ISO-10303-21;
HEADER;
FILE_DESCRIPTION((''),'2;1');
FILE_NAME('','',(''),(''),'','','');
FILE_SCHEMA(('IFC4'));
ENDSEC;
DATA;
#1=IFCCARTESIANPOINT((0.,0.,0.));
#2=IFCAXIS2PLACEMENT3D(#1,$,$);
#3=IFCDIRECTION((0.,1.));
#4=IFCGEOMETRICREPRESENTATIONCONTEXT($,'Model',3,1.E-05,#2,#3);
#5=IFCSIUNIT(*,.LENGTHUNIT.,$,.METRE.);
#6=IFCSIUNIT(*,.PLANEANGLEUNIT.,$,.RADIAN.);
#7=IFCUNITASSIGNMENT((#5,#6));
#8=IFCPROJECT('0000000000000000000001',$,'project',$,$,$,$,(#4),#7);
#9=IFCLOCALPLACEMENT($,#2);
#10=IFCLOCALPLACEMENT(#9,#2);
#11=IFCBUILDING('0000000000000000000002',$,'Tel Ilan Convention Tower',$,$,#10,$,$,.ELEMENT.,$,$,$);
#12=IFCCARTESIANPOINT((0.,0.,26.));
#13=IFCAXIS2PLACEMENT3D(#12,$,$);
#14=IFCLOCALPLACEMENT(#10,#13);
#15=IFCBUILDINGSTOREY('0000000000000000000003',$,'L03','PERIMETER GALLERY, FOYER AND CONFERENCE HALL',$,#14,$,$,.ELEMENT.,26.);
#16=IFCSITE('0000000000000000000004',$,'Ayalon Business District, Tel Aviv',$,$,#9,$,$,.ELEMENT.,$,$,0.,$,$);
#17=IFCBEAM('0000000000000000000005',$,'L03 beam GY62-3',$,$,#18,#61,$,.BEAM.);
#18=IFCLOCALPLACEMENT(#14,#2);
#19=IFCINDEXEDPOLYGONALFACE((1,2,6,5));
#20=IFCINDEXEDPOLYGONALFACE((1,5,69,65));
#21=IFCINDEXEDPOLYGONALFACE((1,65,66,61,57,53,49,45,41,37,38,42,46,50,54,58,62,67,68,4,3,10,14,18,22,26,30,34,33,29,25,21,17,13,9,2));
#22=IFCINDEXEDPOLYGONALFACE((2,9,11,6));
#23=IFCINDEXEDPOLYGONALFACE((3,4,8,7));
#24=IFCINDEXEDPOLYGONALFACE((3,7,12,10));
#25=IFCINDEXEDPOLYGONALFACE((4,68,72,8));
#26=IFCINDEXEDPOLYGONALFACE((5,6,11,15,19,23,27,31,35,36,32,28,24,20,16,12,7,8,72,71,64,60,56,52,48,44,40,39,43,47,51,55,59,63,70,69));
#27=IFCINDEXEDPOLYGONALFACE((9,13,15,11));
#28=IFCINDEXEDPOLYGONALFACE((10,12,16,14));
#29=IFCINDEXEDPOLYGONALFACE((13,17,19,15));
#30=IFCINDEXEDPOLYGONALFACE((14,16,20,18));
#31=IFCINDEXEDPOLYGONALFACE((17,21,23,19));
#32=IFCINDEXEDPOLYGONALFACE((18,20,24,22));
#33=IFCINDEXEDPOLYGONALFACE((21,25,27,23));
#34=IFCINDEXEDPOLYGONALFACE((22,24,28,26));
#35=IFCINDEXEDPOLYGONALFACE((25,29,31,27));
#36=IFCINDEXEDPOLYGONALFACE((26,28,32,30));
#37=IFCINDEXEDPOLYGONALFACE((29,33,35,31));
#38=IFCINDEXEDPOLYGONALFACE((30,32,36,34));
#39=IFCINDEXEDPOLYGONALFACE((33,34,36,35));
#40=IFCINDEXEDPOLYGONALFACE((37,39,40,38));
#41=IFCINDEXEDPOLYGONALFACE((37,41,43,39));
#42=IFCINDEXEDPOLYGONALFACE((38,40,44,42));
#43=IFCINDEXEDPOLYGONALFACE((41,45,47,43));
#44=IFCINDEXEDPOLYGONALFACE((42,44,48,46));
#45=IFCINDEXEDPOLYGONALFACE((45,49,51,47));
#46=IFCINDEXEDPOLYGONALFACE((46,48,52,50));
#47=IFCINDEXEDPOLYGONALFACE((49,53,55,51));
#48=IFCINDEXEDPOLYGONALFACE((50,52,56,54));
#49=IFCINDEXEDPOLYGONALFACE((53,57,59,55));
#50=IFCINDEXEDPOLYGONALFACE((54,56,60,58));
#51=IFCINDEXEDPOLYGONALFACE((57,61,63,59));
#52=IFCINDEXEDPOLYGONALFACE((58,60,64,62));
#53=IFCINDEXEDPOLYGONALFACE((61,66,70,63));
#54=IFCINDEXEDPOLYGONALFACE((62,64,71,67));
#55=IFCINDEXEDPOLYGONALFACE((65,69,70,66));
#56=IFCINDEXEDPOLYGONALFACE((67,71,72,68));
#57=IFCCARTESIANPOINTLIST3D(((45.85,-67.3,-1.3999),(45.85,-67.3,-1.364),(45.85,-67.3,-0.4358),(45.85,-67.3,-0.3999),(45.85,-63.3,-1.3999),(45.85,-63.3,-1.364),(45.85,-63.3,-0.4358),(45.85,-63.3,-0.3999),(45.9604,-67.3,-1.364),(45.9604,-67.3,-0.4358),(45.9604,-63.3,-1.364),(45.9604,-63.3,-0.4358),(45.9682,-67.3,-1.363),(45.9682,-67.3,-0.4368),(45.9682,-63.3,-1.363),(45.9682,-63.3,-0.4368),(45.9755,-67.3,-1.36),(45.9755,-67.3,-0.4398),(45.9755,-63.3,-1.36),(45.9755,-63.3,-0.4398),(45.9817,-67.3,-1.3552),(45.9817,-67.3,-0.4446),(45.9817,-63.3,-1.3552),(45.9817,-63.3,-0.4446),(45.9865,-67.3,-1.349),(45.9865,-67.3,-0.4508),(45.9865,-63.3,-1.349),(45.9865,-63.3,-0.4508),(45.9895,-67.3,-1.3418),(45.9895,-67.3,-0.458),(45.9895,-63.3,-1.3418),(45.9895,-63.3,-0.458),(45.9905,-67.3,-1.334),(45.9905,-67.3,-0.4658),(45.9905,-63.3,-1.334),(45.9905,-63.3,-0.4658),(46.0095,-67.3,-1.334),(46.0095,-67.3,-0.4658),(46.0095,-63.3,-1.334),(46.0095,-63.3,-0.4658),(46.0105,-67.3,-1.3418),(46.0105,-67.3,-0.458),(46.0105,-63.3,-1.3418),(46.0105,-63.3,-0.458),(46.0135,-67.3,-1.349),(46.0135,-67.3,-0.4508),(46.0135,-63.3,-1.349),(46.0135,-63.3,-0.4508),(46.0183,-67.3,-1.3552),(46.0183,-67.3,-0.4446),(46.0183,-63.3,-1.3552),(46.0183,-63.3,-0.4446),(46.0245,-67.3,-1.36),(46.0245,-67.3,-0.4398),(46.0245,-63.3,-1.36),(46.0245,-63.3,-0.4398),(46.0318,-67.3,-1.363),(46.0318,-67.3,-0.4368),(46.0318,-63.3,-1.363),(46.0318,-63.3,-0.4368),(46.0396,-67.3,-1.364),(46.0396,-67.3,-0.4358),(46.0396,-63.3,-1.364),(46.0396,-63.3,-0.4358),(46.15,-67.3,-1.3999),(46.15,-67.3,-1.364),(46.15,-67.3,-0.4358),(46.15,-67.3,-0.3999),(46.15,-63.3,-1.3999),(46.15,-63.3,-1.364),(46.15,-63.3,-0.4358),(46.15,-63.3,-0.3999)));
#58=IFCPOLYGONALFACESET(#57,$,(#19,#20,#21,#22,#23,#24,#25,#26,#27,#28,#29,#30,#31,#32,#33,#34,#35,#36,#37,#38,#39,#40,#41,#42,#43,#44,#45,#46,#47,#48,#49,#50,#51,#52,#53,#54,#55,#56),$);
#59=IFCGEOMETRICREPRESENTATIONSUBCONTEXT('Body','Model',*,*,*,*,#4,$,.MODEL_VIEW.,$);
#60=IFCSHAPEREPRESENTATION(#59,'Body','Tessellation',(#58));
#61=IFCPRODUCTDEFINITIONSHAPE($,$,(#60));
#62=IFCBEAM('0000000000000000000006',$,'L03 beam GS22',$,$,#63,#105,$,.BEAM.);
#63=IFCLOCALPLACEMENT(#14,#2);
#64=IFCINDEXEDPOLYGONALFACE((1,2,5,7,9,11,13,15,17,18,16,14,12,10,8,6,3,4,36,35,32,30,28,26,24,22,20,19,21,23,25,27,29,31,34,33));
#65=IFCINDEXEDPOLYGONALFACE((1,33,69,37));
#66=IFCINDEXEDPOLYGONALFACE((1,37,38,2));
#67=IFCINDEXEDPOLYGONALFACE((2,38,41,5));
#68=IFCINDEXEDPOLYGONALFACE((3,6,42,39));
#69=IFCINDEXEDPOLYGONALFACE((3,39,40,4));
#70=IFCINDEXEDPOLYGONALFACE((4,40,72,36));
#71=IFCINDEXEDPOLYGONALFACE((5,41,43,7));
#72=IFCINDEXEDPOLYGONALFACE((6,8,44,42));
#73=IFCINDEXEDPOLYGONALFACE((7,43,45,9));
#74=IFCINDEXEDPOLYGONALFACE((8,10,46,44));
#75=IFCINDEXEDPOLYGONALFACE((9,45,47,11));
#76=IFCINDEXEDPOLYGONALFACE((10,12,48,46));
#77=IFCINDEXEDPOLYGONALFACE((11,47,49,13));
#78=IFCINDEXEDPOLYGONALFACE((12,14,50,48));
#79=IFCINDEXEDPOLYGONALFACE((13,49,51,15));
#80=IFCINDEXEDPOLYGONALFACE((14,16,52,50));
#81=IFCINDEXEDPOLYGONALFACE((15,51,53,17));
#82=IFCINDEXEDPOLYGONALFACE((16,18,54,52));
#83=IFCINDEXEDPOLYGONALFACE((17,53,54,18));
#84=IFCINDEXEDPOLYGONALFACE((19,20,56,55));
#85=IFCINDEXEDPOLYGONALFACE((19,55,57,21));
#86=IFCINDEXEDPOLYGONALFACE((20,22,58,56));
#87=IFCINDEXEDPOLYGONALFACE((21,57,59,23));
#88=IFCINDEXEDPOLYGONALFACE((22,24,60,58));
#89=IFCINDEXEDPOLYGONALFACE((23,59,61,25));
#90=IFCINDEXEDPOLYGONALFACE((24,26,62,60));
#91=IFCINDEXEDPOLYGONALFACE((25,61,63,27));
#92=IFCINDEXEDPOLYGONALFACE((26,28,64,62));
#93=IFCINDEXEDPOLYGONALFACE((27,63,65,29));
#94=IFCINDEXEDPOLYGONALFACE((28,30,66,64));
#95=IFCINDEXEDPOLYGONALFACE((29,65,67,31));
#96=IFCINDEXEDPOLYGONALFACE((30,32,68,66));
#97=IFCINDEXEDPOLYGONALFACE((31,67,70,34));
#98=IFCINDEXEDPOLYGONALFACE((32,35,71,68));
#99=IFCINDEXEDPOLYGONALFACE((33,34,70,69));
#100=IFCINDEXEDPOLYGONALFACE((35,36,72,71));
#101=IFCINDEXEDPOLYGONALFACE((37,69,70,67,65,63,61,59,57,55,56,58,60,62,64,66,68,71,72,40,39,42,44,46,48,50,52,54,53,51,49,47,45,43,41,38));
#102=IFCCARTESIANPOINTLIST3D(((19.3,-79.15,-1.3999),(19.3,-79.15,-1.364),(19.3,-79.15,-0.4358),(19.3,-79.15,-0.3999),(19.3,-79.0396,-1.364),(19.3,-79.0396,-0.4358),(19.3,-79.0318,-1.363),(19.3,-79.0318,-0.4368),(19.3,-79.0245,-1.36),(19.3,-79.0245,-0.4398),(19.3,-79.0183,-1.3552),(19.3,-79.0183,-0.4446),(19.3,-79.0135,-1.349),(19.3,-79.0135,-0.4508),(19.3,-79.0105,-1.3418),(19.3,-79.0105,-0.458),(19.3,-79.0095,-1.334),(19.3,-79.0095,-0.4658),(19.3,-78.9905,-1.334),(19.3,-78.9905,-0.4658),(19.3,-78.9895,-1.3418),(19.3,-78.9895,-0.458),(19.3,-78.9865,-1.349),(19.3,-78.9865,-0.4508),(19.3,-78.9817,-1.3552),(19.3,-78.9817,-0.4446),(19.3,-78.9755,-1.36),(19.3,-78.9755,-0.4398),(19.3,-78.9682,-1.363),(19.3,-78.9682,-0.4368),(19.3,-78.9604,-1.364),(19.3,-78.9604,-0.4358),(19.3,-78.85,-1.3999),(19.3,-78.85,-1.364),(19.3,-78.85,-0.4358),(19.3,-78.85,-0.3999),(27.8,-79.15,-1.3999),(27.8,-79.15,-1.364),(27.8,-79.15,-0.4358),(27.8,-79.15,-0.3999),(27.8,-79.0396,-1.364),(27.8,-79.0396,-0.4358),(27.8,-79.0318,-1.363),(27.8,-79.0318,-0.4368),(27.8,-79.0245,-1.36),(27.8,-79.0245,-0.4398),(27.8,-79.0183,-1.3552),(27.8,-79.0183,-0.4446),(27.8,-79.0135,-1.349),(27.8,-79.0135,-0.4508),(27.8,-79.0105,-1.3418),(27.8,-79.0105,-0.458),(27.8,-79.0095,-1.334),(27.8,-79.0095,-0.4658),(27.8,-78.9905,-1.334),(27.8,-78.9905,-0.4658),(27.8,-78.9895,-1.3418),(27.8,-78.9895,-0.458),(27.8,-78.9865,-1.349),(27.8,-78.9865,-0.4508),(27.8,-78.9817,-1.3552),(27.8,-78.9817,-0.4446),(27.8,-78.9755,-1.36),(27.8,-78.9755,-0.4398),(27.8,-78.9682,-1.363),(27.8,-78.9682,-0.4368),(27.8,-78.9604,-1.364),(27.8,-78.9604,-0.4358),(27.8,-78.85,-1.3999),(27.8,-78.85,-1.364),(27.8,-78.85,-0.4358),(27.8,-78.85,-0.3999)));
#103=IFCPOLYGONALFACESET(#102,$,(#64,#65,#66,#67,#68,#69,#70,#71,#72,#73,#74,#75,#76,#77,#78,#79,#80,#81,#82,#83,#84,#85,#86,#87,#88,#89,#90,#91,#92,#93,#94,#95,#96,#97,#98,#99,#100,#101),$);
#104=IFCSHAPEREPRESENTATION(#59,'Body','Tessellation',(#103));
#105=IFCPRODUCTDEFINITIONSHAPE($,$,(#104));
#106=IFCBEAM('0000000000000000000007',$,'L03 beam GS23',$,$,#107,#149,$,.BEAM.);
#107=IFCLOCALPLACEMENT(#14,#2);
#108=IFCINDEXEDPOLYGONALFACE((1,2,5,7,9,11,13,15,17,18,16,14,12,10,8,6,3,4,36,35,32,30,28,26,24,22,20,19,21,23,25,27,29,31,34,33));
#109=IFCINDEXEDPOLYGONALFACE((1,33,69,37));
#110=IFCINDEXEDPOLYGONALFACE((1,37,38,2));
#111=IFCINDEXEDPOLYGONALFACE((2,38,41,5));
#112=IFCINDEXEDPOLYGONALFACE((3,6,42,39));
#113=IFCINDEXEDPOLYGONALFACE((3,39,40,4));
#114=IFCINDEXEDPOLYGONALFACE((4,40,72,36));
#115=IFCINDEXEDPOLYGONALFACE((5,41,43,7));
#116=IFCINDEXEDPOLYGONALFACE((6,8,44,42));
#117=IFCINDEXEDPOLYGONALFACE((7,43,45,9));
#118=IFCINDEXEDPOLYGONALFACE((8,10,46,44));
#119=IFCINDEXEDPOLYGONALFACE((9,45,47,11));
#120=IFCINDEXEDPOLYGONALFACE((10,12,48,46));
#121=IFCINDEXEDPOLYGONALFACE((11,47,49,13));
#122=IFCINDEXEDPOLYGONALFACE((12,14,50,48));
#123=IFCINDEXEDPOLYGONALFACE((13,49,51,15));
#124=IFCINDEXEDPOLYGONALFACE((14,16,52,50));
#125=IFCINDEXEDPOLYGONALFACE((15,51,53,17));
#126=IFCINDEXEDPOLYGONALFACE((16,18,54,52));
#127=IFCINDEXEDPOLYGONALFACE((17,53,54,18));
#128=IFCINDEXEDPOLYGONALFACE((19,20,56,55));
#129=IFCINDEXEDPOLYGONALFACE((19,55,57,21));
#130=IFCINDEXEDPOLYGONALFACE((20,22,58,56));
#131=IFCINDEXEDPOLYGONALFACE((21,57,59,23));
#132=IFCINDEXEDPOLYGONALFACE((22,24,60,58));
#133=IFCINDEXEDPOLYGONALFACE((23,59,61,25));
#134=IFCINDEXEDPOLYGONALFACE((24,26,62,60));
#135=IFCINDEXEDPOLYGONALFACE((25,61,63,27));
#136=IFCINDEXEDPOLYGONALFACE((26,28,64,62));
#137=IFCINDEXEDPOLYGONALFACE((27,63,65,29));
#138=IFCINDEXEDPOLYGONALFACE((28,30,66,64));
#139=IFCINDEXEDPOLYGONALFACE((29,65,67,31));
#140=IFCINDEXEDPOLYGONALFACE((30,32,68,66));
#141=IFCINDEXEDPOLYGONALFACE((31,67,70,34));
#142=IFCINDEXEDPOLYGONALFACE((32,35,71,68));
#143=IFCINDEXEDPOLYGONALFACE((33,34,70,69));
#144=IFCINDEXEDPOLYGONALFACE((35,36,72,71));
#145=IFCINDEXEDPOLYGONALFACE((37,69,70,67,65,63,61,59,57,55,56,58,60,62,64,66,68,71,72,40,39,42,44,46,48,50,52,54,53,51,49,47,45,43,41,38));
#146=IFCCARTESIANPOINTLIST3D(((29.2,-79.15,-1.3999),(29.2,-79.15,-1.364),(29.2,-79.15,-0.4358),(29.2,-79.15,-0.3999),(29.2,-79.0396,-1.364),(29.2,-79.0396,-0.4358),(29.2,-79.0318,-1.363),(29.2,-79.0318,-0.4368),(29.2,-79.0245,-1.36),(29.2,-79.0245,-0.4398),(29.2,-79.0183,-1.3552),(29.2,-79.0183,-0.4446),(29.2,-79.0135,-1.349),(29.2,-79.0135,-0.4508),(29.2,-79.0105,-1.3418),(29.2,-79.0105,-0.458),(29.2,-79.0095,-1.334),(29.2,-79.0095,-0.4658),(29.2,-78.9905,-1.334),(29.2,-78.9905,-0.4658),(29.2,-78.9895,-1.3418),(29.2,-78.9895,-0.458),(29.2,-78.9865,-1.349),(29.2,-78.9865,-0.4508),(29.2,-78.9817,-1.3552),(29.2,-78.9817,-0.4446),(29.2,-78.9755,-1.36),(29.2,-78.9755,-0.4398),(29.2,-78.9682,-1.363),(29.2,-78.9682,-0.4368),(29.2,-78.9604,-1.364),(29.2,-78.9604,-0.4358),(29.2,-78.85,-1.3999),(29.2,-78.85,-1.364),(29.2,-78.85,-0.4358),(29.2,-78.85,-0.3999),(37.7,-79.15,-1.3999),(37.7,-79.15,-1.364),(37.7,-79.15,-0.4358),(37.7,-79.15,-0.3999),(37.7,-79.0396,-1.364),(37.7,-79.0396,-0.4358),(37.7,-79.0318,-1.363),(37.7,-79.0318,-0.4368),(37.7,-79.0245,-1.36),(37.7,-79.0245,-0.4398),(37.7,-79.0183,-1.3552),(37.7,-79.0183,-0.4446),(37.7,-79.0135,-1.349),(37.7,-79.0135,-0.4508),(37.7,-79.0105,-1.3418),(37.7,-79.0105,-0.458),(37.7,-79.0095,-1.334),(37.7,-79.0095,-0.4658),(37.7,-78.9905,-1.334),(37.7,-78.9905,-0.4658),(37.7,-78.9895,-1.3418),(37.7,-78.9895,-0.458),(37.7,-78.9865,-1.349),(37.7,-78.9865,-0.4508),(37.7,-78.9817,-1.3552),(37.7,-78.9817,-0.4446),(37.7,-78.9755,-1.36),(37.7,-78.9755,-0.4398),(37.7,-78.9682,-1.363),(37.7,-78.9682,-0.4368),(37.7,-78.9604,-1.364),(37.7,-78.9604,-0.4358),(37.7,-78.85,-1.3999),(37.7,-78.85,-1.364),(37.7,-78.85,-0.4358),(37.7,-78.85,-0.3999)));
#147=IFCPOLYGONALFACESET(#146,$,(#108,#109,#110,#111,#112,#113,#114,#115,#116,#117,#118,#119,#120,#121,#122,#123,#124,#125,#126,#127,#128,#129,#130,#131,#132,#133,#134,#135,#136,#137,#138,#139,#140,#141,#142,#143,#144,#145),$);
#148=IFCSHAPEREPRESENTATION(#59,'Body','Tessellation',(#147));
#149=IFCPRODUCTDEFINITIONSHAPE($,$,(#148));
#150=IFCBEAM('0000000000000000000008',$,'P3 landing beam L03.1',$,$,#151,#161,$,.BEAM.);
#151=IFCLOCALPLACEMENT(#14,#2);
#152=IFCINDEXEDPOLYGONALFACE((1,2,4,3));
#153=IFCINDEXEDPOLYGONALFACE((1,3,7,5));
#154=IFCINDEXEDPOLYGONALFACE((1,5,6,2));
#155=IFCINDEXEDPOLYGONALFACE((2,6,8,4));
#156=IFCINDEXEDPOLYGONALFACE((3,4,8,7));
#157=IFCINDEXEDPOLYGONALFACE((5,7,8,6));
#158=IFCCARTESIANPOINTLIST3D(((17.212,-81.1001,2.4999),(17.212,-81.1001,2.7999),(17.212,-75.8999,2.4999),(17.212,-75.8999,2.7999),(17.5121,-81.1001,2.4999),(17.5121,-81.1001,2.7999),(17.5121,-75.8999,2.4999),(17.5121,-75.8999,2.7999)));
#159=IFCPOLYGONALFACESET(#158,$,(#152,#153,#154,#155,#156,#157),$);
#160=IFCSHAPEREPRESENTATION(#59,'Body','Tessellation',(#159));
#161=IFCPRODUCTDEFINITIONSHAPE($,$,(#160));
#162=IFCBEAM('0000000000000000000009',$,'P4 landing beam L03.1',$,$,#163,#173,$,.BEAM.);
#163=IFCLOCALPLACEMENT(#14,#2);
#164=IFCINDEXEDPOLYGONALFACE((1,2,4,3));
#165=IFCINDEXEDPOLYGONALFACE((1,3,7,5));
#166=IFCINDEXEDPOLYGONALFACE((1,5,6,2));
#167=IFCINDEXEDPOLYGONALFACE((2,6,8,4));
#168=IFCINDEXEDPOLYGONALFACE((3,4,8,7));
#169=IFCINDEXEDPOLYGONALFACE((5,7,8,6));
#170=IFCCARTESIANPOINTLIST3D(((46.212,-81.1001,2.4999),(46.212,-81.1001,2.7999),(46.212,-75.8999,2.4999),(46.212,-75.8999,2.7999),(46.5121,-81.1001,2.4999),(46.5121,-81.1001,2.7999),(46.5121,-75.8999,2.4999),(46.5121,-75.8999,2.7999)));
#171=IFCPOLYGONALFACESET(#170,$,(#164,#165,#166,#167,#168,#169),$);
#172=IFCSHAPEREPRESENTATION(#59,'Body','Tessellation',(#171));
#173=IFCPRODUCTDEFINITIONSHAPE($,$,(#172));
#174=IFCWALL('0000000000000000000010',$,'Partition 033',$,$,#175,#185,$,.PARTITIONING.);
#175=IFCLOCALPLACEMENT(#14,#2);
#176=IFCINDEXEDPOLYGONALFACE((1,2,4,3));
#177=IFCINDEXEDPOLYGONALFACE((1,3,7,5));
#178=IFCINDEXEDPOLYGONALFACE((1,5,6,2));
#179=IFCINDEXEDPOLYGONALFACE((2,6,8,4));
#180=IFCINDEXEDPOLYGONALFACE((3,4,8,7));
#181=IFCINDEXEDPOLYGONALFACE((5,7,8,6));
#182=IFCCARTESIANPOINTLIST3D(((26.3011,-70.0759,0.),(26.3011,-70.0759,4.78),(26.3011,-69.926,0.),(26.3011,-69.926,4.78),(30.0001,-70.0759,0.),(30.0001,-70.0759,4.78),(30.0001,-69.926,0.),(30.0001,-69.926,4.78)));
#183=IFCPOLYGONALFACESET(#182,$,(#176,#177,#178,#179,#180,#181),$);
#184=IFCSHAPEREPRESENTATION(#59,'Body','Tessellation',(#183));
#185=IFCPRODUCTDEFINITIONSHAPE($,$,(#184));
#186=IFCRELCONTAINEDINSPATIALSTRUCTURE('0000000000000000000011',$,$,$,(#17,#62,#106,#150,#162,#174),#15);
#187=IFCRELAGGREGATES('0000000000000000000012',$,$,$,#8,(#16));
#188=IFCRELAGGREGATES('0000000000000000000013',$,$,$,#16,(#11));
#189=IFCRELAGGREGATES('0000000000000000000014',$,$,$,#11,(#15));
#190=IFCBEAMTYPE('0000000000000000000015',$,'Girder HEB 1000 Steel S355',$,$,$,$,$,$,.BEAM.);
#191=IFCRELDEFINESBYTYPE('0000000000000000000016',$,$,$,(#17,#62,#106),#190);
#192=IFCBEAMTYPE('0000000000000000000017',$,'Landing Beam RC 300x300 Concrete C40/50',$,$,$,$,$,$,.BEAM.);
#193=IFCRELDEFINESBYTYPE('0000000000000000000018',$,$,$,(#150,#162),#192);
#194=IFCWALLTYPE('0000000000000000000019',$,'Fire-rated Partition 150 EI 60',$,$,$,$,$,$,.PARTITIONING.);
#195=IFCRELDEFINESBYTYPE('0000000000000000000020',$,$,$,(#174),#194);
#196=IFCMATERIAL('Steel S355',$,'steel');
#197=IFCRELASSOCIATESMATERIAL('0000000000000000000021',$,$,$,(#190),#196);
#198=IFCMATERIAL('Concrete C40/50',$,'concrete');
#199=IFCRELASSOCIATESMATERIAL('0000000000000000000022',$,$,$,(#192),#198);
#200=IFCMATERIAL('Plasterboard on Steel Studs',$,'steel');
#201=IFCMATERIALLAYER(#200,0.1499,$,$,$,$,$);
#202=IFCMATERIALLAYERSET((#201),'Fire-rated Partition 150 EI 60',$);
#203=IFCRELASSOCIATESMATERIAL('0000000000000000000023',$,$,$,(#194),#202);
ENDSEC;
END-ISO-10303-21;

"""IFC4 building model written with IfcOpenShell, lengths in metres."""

from ifc_helpers import new_model, si_unit, direction, frame, frame_2d, origin, origin_2d, place, context, subcontext, project, spatial, rectangle, i_section, extrude, material, layer, layer_set, material_profile, profile_set, type_object, element, save


model = new_model("IFC4")

# Units and contexts
model_context = context("Model", 3, precision=1e-05, world=origin(), true_north=direction((0.0, 1.0)))
body_context = subcontext(model_context, "Body", "Model", "MODEL_VIEW")
ifc_project = project(units=[si_unit("LENGTHUNIT", "METRE"), si_unit("PLANEANGLEUNIT", "RADIAN")], contexts=[model_context])

# Site, building, storey
site_placement = place(None, origin())
site = spatial("IfcSite", under=ifc_project, at=site_placement, Name="Ayalon Business District, Tel Aviv", CompositionType="ELEMENT", RefElevation=0.0)
building_placement = place(site_placement, origin())
building = spatial("IfcBuilding", under=site, at=building_placement, Name="Tel Ilan Convention Tower", CompositionType="ELEMENT")
storey_placement = place(building_placement, frame((0.0, 0.0, 26.0)))
storey = spatial("IfcBuildingStorey", under=building, at=storey_placement, Name="L03", Description="PERIMETER GALLERY, FOYER AND CONFERENCE HALL", CompositionType="ELEMENT", Elevation=26.0)

# Beams
ifc_material_1 = material(Name="Steel S355", Category="steel")
ifc_material_profile_1 = material_profile(ifc_material_1, i_section(OverallWidth=0.3, OverallDepth=1.0, WebThickness=0.019, FlangeThickness=0.0359, FilletRadius=0.03, at=origin_2d()), Name="HEB 1000")
ifc_profile_set_1 = profile_set([ifc_material_profile_1], Name="Steel S355")
beam_type_1 = type_object("IfcBeamType", Name="Girder HEB 1000 Steel S355", PredefinedType="BEAM", material=ifc_profile_set_1)
beam_1_placement = place(storey_placement, frame((46.0, -67.3, -0.8999), z_axis=(0.0, 1.0, 0.0), x_axis=(-1.0, 0.0, 0.0)))
element("IfcBeam", 1, at=beam_1_placement, inside=storey, type_object=beam_type_1, Name="L03 beam GY62-3", PredefinedType="BEAM", context=body_context, shape_type="SweptSolid", body=[
    extrude(i_section(OverallWidth=0.3, OverallDepth=1.0, WebThickness=0.019, FlangeThickness=0.0359, FilletRadius=0.03, at=origin_2d()), origin(), (0.0, 0.0, 1.0), 4.0),
])
for number, where, z_axis, x_axis, name in (
    (2, (19.3, -79.0, -0.8999), (1.0, 0.0, 0.0), (0.0, 1.0, 0.0), "L03 beam GS22"),
    (3, (29.2, -79.0, -0.8999), (1.0, 0.0, 0.0), (0.0, 1.0, 0.0), "L03 beam GS23"),
):
    element("IfcBeam", number, at=place(storey_placement, frame(where, z_axis=z_axis, x_axis=x_axis)), inside=storey, type_object=beam_type_1, Name=name, PredefinedType="BEAM", context=body_context, shape_type="SweptSolid", body=[
        extrude(i_section(OverallWidth=0.3, OverallDepth=1.0, WebThickness=0.019, FlangeThickness=0.0359, FilletRadius=0.03, at=origin_2d()), origin(), (0.0, 0.0, 1.0), 8.5),
    ])
ifc_material_2 = material(Name="Concrete C40/50", Category="concrete")
ifc_material_profile_2 = material_profile(ifc_material_2, rectangle(XDim=0.3, YDim=0.3, at=origin_2d()), Name="RC 300x300")
ifc_profile_set_2 = profile_set([ifc_material_profile_2], Name="Concrete C40/50")
beam_type_2 = type_object("IfcBeamType", Name="Landing Beam RC 300x300 Concrete C40/50", PredefinedType="BEAM", material=ifc_profile_set_2)
for number, where, z_axis, x_axis, name in (
    (4, (17.3621, -81.1001, 2.6499), (0.0, 1.0, 0.0), (-1.0, 0.0, 0.0), "P3 landing beam L03.1"),
    (5, (46.3621, -81.1001, 2.6499), (0.0, 1.0, 0.0), (-1.0, 0.0, 0.0), "P4 landing beam L03.1"),
):
    element("IfcBeam", number, at=place(storey_placement, frame(where, z_axis=z_axis, x_axis=x_axis)), inside=storey, type_object=beam_type_2, Name=name, PredefinedType="BEAM", context=body_context, shape_type="SweptSolid", body=[
        extrude(rectangle(XDim=0.3, YDim=0.3, at=origin_2d()), origin(), (0.0, 0.0, 1.0), 5.2002),
    ])

# Wall
ifc_material_3 = material(Name="Plasterboard on Steel Studs", Category="steel")
ifc_layer_1 = layer(ifc_material_3, 0.1499)
ifc_layer_set_1 = layer_set([ifc_layer_1], Name="Fire-rated Partition 150 EI 60")
wall_type_1 = type_object("IfcWallType", Name="Fire-rated Partition 150 EI 60", PredefinedType="PARTITIONING", material=ifc_layer_set_1)
wall_1_placement = place(storey_placement, frame((26.301, -70.001, 0.0), z_axis=(0.0, 0.0, 1.0), x_axis=(1.0, 0.0, 0.0)))
element("IfcWall", 6, at=wall_1_placement, inside=storey, type_object=wall_type_1, Name="Partition 033", PredefinedType="PARTITIONING", context=body_context, shape_type="SweptSolid", body=[
    extrude(rectangle(XDim=3.699, YDim=0.1499, at=frame_2d((1.8496, 0.0))), origin(), (0.0, 0.0, 1.0), 4.78),
])

save(model, "model.ifc")
